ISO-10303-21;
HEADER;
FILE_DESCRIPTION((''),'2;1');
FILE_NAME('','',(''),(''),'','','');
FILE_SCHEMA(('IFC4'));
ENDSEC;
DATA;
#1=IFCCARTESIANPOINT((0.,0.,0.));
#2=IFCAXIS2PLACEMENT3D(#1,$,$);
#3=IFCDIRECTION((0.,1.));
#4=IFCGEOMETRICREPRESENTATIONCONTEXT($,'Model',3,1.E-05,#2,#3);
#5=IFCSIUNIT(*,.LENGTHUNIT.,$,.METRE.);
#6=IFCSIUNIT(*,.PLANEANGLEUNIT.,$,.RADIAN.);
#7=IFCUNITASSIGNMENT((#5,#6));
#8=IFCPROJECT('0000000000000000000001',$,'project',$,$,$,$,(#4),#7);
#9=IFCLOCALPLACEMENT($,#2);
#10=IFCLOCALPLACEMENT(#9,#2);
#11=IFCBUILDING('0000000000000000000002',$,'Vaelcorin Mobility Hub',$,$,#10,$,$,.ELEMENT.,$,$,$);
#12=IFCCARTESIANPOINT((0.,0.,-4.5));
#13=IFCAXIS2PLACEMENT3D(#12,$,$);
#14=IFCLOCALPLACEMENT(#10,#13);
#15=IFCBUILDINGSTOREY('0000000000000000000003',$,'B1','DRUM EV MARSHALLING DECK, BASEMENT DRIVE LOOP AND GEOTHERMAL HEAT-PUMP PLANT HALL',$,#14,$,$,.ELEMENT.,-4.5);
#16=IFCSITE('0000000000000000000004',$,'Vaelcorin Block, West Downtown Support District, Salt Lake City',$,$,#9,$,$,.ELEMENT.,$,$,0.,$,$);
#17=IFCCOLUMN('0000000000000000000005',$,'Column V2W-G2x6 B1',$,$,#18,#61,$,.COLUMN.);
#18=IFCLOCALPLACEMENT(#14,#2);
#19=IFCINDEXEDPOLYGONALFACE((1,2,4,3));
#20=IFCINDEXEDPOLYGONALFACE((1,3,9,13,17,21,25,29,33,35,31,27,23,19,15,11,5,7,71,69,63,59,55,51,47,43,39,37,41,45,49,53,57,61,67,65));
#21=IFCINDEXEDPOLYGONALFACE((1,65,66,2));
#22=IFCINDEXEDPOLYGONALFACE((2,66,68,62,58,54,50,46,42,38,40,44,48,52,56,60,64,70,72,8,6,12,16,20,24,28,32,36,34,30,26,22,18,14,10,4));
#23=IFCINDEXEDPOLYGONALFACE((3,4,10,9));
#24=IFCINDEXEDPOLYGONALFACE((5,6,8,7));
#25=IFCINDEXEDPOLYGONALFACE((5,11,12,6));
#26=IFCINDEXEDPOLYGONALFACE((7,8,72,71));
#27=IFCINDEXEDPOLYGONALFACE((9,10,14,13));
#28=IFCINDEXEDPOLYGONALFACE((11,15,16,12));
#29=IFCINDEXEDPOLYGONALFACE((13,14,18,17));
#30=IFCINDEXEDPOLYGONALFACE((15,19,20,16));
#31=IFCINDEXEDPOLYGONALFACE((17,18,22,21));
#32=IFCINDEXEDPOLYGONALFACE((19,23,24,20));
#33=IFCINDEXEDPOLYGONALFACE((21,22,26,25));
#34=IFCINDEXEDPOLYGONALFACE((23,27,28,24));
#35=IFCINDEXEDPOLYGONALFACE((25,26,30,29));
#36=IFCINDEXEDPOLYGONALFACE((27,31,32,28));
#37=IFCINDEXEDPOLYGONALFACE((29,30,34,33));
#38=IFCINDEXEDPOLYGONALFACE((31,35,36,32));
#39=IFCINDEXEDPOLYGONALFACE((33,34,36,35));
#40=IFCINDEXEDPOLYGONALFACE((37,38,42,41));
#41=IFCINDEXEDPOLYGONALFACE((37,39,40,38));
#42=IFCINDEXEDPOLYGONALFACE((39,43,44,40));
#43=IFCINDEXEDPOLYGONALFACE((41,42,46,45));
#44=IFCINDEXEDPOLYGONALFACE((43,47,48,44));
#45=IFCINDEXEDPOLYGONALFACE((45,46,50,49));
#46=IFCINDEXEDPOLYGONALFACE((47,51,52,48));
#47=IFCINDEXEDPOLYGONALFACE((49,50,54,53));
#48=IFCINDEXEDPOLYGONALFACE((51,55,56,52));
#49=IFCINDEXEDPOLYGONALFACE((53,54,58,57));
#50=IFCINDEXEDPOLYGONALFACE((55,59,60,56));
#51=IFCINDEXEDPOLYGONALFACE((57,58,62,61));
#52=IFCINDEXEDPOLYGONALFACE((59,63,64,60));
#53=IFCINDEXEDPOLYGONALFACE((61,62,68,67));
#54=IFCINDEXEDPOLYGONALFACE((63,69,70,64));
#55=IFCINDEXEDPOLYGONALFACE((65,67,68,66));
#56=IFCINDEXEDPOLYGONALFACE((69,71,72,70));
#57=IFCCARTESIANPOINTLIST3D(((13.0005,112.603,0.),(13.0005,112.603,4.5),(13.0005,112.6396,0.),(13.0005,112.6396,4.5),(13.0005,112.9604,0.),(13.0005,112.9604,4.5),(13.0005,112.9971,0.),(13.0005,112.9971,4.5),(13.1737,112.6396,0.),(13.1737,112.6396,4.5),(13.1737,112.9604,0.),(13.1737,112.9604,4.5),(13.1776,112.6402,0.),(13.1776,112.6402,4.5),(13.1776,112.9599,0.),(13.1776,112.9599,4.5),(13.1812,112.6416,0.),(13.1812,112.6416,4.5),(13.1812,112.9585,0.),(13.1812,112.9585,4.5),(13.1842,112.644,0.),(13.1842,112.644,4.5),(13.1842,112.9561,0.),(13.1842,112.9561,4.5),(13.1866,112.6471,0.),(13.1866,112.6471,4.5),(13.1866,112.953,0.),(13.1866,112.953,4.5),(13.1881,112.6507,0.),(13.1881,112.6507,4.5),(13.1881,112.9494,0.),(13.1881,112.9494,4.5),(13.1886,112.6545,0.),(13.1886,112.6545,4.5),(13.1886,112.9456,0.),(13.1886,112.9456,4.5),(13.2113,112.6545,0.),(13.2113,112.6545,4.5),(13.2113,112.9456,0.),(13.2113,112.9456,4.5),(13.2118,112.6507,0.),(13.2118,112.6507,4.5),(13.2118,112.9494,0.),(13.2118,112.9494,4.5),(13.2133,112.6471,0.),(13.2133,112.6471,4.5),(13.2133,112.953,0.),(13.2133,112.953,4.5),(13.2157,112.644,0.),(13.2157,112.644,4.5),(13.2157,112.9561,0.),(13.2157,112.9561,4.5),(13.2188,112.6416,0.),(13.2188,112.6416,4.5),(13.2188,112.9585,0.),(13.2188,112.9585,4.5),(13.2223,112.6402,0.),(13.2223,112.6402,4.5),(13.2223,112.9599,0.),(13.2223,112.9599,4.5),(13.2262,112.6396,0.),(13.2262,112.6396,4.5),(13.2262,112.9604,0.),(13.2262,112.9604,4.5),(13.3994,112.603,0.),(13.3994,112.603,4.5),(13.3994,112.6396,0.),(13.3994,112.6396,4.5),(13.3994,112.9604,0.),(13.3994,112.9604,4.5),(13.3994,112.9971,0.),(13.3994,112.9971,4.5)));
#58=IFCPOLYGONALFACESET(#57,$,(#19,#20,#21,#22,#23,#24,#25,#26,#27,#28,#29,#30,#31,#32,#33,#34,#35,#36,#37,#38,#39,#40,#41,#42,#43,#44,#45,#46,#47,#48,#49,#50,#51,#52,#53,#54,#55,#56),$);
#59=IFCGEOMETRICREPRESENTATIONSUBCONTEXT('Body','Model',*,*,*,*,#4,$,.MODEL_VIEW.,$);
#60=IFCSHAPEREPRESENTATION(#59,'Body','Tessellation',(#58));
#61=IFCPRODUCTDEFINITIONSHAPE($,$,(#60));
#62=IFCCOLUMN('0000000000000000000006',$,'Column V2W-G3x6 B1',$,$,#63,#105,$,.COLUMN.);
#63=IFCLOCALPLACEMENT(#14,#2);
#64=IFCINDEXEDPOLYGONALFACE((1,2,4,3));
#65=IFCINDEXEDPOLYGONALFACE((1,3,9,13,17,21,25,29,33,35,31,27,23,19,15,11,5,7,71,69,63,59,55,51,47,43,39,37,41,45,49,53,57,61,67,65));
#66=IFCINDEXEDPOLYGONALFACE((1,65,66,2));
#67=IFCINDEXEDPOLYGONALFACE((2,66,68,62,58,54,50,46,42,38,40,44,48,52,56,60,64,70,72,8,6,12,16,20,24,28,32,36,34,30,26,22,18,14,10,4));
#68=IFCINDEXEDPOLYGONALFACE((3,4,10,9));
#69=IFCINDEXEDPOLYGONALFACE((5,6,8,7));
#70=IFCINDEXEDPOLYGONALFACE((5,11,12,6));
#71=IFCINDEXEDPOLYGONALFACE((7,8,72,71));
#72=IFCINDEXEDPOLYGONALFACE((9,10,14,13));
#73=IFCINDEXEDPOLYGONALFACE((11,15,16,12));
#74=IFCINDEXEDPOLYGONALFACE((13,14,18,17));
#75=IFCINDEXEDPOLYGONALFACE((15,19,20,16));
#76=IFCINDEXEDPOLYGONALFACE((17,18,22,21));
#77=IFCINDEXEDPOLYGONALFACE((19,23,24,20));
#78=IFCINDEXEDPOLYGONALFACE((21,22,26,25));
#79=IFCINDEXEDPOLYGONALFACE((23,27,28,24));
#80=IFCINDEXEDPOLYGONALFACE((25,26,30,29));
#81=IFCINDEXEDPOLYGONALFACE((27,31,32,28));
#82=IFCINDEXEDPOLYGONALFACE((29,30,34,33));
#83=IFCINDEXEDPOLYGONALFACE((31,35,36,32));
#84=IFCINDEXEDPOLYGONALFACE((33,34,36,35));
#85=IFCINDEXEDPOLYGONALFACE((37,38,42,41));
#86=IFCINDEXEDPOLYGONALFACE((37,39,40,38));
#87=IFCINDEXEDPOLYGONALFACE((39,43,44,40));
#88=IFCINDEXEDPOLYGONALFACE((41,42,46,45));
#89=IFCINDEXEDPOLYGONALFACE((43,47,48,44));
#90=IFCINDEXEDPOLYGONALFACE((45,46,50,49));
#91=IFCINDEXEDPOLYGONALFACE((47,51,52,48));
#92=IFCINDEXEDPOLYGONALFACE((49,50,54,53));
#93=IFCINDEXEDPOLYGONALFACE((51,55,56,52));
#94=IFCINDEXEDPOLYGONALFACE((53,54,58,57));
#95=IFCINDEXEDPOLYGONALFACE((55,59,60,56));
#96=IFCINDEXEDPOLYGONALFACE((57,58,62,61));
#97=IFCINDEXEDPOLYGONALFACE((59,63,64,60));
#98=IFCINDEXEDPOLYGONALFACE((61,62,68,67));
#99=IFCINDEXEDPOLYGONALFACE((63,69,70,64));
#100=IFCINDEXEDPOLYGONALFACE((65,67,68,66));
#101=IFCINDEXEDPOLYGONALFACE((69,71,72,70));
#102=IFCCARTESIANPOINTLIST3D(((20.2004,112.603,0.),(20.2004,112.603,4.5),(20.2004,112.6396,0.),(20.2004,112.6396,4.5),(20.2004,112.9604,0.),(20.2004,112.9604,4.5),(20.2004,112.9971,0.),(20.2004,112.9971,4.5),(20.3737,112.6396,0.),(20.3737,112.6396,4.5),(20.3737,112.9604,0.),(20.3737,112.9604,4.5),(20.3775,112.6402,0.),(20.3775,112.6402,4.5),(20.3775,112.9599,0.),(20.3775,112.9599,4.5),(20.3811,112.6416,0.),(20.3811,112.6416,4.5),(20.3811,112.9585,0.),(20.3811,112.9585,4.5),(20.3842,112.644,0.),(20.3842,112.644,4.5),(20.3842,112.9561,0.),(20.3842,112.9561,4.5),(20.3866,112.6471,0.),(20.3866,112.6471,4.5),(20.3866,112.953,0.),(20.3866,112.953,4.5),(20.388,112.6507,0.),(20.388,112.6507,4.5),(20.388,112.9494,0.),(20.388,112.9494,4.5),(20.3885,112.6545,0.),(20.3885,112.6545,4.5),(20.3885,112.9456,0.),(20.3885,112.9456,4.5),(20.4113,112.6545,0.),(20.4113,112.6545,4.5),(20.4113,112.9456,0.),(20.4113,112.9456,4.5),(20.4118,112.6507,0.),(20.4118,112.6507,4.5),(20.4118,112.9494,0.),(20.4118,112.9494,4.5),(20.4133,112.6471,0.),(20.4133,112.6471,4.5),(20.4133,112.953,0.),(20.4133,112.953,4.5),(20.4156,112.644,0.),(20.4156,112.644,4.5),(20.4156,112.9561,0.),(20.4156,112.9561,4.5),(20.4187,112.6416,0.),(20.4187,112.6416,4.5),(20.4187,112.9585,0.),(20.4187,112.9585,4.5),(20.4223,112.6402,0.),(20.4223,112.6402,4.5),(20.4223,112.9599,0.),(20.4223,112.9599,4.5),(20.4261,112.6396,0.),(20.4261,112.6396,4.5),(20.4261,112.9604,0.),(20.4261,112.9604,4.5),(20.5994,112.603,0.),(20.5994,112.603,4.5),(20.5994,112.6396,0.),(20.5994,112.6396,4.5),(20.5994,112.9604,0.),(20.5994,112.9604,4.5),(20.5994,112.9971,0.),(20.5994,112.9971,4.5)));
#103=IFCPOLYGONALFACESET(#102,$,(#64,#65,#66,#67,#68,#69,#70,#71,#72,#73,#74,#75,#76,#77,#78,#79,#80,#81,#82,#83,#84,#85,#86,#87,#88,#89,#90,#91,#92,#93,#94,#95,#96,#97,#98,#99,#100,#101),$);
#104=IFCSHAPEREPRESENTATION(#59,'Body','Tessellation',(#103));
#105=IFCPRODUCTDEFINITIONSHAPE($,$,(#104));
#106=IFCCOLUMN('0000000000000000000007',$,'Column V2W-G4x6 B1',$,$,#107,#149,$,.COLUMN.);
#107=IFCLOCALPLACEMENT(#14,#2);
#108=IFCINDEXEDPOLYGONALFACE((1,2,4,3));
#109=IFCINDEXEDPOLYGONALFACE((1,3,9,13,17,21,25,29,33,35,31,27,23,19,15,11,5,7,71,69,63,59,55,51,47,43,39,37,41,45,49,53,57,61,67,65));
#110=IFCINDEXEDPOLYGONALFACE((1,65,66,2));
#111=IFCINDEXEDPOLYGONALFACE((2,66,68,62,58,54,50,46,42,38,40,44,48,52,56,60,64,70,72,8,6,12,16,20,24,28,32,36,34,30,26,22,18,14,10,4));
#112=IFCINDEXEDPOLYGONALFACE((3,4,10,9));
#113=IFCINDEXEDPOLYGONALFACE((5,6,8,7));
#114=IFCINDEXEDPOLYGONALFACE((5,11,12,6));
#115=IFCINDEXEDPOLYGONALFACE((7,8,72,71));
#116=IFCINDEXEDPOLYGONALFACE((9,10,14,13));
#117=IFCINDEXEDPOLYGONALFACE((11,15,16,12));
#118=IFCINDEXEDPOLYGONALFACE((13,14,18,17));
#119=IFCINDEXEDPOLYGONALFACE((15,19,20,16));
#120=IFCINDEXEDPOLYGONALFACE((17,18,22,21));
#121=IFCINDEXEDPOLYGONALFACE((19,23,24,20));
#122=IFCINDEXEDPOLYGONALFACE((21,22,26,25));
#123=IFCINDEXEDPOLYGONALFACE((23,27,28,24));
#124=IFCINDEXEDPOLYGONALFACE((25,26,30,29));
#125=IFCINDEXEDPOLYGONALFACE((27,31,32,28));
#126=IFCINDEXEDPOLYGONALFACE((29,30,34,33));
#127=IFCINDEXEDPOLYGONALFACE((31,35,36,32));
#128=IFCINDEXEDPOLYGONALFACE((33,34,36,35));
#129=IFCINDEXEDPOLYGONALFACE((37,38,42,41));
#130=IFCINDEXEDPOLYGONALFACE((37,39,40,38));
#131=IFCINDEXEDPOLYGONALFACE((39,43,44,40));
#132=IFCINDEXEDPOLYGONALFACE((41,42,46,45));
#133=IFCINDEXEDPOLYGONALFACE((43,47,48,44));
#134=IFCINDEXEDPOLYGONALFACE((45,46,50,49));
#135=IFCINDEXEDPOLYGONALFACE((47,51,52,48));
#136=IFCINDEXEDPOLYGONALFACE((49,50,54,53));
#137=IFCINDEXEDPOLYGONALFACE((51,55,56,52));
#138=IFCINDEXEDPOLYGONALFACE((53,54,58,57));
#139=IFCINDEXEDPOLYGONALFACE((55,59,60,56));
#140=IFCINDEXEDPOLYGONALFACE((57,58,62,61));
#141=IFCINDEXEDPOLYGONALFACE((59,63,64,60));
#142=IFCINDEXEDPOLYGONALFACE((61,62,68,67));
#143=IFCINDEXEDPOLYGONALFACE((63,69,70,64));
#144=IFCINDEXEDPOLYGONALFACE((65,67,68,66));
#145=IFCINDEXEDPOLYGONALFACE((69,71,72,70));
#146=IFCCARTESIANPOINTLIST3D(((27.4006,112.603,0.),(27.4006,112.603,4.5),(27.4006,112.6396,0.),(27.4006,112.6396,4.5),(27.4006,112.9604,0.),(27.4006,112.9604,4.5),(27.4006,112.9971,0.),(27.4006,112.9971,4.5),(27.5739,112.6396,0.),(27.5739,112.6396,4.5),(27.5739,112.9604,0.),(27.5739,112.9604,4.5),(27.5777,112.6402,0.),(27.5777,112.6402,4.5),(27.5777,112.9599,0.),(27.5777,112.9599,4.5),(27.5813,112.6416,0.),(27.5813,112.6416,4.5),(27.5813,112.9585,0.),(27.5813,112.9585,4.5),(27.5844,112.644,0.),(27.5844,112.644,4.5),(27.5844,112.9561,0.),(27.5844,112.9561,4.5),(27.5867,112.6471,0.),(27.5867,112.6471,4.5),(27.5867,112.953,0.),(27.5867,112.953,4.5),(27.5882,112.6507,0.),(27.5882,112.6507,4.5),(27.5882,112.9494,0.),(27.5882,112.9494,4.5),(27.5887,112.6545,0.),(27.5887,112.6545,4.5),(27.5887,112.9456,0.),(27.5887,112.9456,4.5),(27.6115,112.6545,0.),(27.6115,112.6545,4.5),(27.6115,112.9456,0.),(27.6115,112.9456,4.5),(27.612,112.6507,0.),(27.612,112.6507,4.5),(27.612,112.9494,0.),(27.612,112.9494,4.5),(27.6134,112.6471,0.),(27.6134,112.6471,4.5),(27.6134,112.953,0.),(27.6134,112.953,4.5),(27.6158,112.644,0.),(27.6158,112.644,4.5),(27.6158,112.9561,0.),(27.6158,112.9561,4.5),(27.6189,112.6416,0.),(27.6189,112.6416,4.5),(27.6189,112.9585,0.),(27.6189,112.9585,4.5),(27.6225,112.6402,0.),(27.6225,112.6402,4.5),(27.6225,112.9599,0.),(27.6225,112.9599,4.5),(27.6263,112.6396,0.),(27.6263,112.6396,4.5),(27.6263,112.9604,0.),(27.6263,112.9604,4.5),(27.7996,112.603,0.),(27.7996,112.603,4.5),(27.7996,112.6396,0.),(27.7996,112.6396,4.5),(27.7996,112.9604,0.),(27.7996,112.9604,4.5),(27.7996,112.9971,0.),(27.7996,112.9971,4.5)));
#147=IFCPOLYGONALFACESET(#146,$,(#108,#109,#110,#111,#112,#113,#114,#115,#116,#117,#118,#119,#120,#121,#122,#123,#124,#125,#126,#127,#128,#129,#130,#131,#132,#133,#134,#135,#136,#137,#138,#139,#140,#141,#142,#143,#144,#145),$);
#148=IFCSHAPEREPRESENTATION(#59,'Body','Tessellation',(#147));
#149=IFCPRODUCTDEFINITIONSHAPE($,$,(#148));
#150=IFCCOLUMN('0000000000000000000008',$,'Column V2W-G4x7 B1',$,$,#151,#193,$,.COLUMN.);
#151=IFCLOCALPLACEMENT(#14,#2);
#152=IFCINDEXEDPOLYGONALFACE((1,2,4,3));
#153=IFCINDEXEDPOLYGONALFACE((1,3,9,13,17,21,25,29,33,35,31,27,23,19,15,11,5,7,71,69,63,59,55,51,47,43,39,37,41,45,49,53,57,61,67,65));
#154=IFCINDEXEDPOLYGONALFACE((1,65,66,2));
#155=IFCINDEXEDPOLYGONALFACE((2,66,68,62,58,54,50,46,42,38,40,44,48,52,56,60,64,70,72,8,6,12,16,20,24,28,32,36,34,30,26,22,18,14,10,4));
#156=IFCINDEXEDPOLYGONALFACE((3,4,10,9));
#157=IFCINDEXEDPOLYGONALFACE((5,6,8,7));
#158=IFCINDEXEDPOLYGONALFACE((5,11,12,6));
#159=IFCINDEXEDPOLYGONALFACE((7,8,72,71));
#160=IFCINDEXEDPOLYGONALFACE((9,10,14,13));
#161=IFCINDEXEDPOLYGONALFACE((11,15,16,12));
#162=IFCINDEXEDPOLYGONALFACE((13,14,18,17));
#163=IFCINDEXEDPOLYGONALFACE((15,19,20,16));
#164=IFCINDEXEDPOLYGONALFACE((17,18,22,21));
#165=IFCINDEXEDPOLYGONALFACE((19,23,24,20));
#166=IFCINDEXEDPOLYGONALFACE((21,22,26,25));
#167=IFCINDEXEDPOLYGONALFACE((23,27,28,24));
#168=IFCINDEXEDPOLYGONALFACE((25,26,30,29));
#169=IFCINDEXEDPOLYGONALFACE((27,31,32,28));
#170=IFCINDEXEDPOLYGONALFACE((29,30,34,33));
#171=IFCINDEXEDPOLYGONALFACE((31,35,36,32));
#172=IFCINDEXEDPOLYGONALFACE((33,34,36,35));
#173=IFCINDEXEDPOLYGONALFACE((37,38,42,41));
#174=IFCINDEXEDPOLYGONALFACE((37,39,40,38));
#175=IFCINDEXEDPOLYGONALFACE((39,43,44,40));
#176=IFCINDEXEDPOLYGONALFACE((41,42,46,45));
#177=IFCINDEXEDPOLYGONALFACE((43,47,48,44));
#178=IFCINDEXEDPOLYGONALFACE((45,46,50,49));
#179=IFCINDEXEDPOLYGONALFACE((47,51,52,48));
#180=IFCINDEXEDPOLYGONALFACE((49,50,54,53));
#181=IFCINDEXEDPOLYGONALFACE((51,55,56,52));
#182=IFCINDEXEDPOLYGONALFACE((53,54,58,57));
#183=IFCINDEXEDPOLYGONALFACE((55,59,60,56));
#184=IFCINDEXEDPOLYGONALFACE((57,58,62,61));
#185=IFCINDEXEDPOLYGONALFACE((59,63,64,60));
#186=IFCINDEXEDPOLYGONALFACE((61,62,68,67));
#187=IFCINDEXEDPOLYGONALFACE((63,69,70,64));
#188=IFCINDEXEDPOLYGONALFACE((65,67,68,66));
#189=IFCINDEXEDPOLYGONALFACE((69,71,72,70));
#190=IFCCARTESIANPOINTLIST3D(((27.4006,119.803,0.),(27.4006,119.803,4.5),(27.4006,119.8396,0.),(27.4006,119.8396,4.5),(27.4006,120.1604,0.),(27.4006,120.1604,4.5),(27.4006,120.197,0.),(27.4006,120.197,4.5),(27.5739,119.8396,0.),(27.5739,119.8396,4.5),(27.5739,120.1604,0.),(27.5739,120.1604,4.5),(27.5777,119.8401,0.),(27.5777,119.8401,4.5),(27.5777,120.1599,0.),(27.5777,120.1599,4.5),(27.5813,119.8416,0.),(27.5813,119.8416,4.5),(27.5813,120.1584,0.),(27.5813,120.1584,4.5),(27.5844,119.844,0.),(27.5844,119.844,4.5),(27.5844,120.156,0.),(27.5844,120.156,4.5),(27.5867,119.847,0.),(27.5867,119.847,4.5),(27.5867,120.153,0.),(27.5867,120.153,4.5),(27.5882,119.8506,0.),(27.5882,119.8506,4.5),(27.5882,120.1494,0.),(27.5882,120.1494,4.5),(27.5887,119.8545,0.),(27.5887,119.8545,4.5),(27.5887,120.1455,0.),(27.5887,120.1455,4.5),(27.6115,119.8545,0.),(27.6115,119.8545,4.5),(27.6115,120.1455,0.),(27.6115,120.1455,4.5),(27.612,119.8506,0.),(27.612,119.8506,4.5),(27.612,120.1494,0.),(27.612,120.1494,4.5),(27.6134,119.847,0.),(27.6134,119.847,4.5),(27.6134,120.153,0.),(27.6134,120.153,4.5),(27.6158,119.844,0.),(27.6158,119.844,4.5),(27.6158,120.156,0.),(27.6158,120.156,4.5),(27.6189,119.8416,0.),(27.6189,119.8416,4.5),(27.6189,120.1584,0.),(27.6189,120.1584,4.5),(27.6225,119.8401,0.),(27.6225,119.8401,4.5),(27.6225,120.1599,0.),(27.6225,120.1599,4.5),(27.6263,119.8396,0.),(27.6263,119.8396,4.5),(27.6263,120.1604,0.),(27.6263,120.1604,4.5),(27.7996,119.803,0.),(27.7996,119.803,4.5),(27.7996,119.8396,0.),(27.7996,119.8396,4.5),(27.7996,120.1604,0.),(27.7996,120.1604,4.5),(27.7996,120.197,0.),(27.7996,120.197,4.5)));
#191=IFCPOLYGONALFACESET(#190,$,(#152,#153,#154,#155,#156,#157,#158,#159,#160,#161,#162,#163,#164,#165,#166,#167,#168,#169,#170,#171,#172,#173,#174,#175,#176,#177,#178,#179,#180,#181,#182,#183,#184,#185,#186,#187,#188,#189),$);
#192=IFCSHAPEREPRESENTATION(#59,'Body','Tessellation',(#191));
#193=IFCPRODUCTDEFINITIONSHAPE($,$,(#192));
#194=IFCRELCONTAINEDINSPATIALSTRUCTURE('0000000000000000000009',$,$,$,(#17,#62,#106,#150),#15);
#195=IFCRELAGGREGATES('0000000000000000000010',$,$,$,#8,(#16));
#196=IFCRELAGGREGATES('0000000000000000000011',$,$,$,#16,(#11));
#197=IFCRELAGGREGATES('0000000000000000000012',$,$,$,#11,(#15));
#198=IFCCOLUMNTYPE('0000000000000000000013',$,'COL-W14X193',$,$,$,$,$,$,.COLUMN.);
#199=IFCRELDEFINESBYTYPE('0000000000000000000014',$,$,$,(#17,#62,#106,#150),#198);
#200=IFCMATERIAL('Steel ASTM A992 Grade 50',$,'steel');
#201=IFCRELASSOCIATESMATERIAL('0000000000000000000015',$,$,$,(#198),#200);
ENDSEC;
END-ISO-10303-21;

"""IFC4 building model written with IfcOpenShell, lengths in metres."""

from ifc_helpers import new_model, si_unit, direction, frame, origin, origin_2d, place, context, subcontext, project, spatial, i_section, extrude, material, material_profile, profile_set, type_object, element, save


model = new_model("IFC4")

# Units and contexts
model_context = context("Model", 3, precision=1e-05, world=origin(), true_north=direction((0.0, 1.0)))
body_context = subcontext(model_context, "Body", "Model", "MODEL_VIEW")
ifc_project = project(units=[si_unit("LENGTHUNIT", "METRE"), si_unit("PLANEANGLEUNIT", "RADIAN")], contexts=[model_context])

# Site, building, storey
site_placement = place(None, origin())
site = spatial("IfcSite", under=ifc_project, at=site_placement, Name="Vaelcorin Block, West Downtown Support District, Salt Lake City", CompositionType="ELEMENT", RefElevation=0.0)
building_placement = place(site_placement, origin())
building = spatial("IfcBuilding", under=site, at=building_placement, Name="Vaelcorin Mobility Hub", CompositionType="ELEMENT")
storey_placement = place(building_placement, frame((0.0, 0.0, -4.5)))
storey = spatial("IfcBuildingStorey", under=building, at=storey_placement, Name="B1", Description="DRUM EV MARSHALLING DECK, BASEMENT DRIVE LOOP AND GEOTHERMAL HEAT-PUMP PLANT HALL", CompositionType="ELEMENT", Elevation=-4.5)

# Columns
ifc_material_1 = material(Name="Steel ASTM A992 Grade 50", Category="steel")
ifc_material_profile_1 = material_profile(ifc_material_1, i_section(OverallWidth=0.3989, OverallDepth=0.394, WebThickness=0.0227, FlangeThickness=0.0366, FilletRadius=0.0149, at=origin_2d()), Name="W14X193")
ifc_profile_set_1 = profile_set([ifc_material_profile_1], Name="Steel ASTM A992 Grade 50")
column_type_1 = type_object("IfcColumnType", Name="COL-W14X193", PredefinedType="COLUMN", material=ifc_profile_set_1)
for number, where, z_axis, x_axis, name in (
    (1, (13.2, 112.8, 0.0), (0.0, 0.0, 1.0), (1.0, 0.0, 0.0), "Column V2W-G2x6 B1"),
    (2, (20.3999, 112.8, 0.0), (0.0, 0.0, 1.0), (1.0, 0.0, 0.0), "Column V2W-G3x6 B1"),
    (3, (27.6001, 112.8, 0.0), (0.0, 0.0, 1.0), (1.0, 0.0, 0.0), "Column V2W-G4x6 B1"),
    (4, (27.6001, 120.0, 0.0), (0.0, 0.0, 1.0), (1.0, 0.0, 0.0), "Column V2W-G4x7 B1"),
):
    element("IfcColumn", number, at=place(storey_placement, frame(where, z_axis=z_axis, x_axis=x_axis)), inside=storey, type_object=column_type_1, Name=name, PredefinedType="COLUMN", context=body_context, shape_type="SweptSolid", body=[
        extrude(i_section(OverallWidth=0.3989, OverallDepth=0.394, WebThickness=0.0227, FlangeThickness=0.0366, FilletRadius=0.0149, at=origin_2d()), origin(), (0.0, 0.0, 1.0), 4.5),
    ])

save(model, "model.ifc")
